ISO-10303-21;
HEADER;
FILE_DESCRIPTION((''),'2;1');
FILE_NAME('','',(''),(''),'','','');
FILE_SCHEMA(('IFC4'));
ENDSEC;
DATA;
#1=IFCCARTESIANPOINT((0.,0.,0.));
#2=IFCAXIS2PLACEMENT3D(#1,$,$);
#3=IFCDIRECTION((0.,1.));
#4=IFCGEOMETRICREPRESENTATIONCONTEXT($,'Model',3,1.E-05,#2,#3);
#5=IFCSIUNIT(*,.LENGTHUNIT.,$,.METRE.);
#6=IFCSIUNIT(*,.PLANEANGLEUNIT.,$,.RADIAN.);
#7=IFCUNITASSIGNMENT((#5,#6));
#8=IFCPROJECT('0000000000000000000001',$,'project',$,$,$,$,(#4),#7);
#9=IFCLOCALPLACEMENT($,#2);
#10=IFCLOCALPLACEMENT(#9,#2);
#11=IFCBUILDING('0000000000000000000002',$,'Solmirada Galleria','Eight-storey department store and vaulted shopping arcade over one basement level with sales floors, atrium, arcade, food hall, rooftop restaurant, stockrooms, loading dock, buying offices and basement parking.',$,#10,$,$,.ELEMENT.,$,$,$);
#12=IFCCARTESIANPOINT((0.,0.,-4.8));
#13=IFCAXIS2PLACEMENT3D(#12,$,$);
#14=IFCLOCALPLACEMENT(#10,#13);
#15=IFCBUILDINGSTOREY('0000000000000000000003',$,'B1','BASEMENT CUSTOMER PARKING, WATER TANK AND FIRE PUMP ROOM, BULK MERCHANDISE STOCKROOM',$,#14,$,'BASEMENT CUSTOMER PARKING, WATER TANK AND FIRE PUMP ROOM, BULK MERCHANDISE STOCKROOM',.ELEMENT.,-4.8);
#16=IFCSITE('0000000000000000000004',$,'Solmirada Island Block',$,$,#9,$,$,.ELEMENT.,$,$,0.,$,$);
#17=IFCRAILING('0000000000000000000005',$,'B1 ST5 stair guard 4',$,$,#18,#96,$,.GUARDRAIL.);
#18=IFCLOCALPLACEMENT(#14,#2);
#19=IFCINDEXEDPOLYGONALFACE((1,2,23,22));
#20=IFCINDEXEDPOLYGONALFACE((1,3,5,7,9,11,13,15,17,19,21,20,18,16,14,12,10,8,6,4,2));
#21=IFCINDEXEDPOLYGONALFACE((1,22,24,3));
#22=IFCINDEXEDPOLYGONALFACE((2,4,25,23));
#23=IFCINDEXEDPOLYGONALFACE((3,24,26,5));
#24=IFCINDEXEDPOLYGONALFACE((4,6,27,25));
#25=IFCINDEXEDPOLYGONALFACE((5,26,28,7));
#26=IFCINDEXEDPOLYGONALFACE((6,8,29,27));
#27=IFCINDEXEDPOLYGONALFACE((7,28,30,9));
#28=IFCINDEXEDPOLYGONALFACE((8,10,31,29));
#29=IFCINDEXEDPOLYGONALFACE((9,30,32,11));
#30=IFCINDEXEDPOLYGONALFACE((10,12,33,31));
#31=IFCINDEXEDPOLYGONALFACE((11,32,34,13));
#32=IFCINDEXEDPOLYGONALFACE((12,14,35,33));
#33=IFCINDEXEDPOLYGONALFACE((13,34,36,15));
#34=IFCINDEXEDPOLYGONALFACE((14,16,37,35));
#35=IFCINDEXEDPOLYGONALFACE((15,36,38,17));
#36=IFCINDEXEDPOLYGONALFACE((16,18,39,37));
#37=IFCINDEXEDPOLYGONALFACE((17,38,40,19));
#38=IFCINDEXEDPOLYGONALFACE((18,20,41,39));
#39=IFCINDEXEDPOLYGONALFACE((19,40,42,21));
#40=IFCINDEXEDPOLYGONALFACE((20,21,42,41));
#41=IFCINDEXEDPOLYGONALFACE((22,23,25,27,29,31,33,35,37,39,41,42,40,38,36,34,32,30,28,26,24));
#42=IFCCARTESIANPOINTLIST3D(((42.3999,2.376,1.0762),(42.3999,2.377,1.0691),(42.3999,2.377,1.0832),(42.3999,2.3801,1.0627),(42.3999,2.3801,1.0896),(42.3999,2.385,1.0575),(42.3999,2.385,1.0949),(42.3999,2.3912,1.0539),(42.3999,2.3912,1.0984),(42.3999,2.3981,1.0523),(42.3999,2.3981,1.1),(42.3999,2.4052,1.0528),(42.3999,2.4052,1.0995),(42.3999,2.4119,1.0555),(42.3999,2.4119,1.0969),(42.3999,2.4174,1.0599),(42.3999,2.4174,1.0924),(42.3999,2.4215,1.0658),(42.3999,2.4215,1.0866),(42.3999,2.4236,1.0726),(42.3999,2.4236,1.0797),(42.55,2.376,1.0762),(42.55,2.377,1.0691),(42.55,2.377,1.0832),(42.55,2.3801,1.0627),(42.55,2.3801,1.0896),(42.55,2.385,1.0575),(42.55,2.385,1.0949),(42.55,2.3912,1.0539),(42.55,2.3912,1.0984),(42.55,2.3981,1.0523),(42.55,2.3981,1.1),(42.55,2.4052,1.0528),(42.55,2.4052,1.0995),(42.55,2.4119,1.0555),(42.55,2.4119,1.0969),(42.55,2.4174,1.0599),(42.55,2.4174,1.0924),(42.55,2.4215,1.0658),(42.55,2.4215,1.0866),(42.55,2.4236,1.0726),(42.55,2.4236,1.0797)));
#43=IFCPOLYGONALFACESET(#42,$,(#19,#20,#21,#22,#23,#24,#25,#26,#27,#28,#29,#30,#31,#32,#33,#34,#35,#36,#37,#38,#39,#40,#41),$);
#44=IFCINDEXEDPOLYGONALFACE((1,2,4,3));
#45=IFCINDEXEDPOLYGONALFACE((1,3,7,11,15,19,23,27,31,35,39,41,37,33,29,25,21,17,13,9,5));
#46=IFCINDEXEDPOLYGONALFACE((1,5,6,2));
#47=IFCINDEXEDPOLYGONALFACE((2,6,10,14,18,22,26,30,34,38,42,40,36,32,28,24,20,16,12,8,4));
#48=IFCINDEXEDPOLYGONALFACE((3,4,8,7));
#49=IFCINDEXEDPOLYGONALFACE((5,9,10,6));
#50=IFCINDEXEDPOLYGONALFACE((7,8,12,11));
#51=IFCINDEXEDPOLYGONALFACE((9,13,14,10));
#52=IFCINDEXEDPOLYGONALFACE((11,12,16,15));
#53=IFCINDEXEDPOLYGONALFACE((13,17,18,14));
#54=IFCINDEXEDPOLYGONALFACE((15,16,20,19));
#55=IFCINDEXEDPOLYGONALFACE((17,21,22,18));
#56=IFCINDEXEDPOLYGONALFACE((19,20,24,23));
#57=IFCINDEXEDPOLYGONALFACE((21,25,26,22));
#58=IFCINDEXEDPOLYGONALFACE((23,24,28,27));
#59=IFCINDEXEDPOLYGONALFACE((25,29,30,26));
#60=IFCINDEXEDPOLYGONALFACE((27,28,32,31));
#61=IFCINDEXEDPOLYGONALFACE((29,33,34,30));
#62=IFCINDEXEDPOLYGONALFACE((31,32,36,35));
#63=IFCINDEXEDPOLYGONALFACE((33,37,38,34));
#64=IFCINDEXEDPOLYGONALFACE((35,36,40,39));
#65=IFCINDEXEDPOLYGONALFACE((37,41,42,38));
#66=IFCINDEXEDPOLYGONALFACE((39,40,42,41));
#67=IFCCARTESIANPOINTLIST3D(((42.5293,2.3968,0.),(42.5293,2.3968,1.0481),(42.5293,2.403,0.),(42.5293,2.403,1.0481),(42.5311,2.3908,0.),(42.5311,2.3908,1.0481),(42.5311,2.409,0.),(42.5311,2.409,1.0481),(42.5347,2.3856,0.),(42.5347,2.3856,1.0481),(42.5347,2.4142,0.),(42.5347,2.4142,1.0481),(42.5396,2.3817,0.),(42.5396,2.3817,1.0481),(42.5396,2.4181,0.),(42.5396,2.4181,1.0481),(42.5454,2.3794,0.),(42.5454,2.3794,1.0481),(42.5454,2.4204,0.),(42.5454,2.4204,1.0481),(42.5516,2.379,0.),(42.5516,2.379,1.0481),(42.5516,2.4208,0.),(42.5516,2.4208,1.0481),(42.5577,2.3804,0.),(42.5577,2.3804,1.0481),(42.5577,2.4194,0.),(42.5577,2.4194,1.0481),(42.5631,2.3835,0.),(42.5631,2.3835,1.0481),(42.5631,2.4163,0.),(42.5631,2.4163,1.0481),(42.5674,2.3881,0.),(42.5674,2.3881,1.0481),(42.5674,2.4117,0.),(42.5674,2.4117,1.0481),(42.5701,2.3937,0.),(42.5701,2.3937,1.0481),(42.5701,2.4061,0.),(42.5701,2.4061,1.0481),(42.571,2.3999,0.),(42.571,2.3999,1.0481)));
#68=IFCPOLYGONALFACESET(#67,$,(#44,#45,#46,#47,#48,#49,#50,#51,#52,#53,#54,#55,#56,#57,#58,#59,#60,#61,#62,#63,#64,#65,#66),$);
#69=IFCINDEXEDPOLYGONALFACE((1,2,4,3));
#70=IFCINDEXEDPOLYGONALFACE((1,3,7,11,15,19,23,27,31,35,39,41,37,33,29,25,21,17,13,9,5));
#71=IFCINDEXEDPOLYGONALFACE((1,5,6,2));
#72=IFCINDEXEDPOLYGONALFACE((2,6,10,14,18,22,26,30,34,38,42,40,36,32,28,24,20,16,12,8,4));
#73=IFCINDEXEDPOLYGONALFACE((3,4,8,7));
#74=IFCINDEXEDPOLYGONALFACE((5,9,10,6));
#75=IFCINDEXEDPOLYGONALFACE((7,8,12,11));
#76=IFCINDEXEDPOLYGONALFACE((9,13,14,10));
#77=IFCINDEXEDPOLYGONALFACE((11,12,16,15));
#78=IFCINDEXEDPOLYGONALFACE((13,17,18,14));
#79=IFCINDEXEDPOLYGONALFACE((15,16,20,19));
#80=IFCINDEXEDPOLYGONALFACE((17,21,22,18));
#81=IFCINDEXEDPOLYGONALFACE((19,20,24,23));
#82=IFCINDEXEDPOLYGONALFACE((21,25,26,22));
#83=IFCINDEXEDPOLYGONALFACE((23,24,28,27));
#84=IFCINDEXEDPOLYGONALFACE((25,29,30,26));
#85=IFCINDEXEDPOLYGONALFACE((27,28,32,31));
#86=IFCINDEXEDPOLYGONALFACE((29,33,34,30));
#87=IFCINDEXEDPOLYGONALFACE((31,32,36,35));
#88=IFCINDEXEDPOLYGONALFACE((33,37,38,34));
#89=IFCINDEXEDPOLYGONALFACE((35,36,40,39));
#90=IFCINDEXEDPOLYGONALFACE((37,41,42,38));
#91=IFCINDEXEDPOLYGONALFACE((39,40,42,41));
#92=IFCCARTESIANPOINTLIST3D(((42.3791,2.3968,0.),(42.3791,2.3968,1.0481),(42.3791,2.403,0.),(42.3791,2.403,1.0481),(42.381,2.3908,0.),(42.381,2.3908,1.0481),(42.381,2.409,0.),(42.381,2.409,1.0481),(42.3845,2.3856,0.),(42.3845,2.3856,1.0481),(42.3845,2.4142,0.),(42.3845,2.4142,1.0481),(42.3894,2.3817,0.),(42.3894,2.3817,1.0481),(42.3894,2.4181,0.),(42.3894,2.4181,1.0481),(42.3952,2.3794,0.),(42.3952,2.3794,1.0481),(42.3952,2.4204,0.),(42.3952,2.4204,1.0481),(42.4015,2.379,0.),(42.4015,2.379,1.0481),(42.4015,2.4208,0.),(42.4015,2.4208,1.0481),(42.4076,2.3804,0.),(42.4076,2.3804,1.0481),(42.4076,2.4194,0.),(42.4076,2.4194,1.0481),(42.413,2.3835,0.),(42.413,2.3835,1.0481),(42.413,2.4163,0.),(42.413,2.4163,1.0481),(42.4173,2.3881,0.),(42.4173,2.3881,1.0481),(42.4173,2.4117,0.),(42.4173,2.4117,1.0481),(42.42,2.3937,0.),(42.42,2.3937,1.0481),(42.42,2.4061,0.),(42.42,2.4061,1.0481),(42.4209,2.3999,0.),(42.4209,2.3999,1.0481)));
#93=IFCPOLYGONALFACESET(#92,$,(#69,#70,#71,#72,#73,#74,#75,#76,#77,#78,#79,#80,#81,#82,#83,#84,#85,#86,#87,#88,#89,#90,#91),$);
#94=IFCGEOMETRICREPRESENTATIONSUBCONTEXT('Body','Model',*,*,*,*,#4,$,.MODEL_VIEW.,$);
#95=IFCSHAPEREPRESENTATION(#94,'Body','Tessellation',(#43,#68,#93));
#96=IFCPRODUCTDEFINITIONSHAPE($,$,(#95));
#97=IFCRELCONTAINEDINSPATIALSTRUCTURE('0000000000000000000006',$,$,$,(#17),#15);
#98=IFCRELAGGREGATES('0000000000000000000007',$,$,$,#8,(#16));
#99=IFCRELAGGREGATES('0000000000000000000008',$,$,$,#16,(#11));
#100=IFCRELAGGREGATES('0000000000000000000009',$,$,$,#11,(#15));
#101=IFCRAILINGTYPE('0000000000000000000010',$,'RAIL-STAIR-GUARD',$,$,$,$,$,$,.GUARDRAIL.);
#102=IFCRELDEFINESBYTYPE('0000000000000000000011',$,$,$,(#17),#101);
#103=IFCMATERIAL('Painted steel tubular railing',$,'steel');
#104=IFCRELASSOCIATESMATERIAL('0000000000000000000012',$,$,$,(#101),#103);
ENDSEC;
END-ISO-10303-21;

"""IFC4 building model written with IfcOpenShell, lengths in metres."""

from ifc_helpers import new_model, si_unit, direction, frame, origin, origin_2d, place, context, subcontext, project, spatial, circle, extrude, material, type_object, element, save


model = new_model("IFC4")

# Units and contexts
model_context = context("Model", 3, precision=1e-05, world=origin(), true_north=direction((0.0, 1.0)))
body_context = subcontext(model_context, "Body", "Model", "MODEL_VIEW")
ifc_project = project(units=[si_unit("LENGTHUNIT", "METRE"), si_unit("PLANEANGLEUNIT", "RADIAN")], contexts=[model_context])

# Site, building, storey
site_placement = place(None, origin())
site = spatial("IfcSite", under=ifc_project, at=site_placement, Name="Solmirada Island Block", CompositionType="ELEMENT", RefElevation=0.0)
building_placement = place(site_placement, origin())
building = spatial("IfcBuilding", under=site, at=building_placement, Name="Solmirada Galleria", Description="Eight-storey department store and vaulted shopping arcade over one basement level with sales floors, atrium, arcade, food hall, rooftop restaurant, stockrooms, loading dock, buying offices and basement parking.", CompositionType="ELEMENT")
storey_placement = place(building_placement, frame((0.0, 0.0, -4.8)))
storey = spatial("IfcBuildingStorey", under=building, at=storey_placement, Name="B1", Description="BASEMENT CUSTOMER PARKING, WATER TANK AND FIRE PUMP ROOM, BULK MERCHANDISE STOCKROOM", LongName="BASEMENT CUSTOMER PARKING, WATER TANK AND FIRE PUMP ROOM, BULK MERCHANDISE STOCKROOM", CompositionType="ELEMENT", Elevation=-4.8)

# Railing
ifc_material_1 = material(Name="Painted steel tubular railing", Category="steel")
railing_type_1 = type_object("IfcRailingType", Name="RAIL-STAIR-GUARD", PredefinedType="GUARDRAIL", material=ifc_material_1)
railing_1_placement = place(storey_placement, frame((42.55, 2.3999, 0.0)))
element("IfcRailing", 1, at=railing_1_placement, inside=storey, type_object=railing_type_1, Name="B1 ST5 stair guard 4", PredefinedType="GUARDRAIL", context=body_context, shape_type="SweptSolid", body=[
    extrude(circle(Radius=0.0239, at=origin_2d()), frame((0.0, 0.0, 1.0762), z_axis=(-1.0, 0.0, 0.0), x_axis=(0.0, -1.0, 0.0)), (0.0, 0.0, 1.0), 0.1501),
    extrude(circle(Radius=0.021, at=origin_2d()), origin(), (0.0, 0.0, 1.0), 1.0481),
    extrude(circle(Radius=0.021, at=origin_2d()), frame((-0.1501, 0.0, 0.0)), (0.0, 0.0, 1.0), 1.0481),
])

save(model, "model.ifc")
